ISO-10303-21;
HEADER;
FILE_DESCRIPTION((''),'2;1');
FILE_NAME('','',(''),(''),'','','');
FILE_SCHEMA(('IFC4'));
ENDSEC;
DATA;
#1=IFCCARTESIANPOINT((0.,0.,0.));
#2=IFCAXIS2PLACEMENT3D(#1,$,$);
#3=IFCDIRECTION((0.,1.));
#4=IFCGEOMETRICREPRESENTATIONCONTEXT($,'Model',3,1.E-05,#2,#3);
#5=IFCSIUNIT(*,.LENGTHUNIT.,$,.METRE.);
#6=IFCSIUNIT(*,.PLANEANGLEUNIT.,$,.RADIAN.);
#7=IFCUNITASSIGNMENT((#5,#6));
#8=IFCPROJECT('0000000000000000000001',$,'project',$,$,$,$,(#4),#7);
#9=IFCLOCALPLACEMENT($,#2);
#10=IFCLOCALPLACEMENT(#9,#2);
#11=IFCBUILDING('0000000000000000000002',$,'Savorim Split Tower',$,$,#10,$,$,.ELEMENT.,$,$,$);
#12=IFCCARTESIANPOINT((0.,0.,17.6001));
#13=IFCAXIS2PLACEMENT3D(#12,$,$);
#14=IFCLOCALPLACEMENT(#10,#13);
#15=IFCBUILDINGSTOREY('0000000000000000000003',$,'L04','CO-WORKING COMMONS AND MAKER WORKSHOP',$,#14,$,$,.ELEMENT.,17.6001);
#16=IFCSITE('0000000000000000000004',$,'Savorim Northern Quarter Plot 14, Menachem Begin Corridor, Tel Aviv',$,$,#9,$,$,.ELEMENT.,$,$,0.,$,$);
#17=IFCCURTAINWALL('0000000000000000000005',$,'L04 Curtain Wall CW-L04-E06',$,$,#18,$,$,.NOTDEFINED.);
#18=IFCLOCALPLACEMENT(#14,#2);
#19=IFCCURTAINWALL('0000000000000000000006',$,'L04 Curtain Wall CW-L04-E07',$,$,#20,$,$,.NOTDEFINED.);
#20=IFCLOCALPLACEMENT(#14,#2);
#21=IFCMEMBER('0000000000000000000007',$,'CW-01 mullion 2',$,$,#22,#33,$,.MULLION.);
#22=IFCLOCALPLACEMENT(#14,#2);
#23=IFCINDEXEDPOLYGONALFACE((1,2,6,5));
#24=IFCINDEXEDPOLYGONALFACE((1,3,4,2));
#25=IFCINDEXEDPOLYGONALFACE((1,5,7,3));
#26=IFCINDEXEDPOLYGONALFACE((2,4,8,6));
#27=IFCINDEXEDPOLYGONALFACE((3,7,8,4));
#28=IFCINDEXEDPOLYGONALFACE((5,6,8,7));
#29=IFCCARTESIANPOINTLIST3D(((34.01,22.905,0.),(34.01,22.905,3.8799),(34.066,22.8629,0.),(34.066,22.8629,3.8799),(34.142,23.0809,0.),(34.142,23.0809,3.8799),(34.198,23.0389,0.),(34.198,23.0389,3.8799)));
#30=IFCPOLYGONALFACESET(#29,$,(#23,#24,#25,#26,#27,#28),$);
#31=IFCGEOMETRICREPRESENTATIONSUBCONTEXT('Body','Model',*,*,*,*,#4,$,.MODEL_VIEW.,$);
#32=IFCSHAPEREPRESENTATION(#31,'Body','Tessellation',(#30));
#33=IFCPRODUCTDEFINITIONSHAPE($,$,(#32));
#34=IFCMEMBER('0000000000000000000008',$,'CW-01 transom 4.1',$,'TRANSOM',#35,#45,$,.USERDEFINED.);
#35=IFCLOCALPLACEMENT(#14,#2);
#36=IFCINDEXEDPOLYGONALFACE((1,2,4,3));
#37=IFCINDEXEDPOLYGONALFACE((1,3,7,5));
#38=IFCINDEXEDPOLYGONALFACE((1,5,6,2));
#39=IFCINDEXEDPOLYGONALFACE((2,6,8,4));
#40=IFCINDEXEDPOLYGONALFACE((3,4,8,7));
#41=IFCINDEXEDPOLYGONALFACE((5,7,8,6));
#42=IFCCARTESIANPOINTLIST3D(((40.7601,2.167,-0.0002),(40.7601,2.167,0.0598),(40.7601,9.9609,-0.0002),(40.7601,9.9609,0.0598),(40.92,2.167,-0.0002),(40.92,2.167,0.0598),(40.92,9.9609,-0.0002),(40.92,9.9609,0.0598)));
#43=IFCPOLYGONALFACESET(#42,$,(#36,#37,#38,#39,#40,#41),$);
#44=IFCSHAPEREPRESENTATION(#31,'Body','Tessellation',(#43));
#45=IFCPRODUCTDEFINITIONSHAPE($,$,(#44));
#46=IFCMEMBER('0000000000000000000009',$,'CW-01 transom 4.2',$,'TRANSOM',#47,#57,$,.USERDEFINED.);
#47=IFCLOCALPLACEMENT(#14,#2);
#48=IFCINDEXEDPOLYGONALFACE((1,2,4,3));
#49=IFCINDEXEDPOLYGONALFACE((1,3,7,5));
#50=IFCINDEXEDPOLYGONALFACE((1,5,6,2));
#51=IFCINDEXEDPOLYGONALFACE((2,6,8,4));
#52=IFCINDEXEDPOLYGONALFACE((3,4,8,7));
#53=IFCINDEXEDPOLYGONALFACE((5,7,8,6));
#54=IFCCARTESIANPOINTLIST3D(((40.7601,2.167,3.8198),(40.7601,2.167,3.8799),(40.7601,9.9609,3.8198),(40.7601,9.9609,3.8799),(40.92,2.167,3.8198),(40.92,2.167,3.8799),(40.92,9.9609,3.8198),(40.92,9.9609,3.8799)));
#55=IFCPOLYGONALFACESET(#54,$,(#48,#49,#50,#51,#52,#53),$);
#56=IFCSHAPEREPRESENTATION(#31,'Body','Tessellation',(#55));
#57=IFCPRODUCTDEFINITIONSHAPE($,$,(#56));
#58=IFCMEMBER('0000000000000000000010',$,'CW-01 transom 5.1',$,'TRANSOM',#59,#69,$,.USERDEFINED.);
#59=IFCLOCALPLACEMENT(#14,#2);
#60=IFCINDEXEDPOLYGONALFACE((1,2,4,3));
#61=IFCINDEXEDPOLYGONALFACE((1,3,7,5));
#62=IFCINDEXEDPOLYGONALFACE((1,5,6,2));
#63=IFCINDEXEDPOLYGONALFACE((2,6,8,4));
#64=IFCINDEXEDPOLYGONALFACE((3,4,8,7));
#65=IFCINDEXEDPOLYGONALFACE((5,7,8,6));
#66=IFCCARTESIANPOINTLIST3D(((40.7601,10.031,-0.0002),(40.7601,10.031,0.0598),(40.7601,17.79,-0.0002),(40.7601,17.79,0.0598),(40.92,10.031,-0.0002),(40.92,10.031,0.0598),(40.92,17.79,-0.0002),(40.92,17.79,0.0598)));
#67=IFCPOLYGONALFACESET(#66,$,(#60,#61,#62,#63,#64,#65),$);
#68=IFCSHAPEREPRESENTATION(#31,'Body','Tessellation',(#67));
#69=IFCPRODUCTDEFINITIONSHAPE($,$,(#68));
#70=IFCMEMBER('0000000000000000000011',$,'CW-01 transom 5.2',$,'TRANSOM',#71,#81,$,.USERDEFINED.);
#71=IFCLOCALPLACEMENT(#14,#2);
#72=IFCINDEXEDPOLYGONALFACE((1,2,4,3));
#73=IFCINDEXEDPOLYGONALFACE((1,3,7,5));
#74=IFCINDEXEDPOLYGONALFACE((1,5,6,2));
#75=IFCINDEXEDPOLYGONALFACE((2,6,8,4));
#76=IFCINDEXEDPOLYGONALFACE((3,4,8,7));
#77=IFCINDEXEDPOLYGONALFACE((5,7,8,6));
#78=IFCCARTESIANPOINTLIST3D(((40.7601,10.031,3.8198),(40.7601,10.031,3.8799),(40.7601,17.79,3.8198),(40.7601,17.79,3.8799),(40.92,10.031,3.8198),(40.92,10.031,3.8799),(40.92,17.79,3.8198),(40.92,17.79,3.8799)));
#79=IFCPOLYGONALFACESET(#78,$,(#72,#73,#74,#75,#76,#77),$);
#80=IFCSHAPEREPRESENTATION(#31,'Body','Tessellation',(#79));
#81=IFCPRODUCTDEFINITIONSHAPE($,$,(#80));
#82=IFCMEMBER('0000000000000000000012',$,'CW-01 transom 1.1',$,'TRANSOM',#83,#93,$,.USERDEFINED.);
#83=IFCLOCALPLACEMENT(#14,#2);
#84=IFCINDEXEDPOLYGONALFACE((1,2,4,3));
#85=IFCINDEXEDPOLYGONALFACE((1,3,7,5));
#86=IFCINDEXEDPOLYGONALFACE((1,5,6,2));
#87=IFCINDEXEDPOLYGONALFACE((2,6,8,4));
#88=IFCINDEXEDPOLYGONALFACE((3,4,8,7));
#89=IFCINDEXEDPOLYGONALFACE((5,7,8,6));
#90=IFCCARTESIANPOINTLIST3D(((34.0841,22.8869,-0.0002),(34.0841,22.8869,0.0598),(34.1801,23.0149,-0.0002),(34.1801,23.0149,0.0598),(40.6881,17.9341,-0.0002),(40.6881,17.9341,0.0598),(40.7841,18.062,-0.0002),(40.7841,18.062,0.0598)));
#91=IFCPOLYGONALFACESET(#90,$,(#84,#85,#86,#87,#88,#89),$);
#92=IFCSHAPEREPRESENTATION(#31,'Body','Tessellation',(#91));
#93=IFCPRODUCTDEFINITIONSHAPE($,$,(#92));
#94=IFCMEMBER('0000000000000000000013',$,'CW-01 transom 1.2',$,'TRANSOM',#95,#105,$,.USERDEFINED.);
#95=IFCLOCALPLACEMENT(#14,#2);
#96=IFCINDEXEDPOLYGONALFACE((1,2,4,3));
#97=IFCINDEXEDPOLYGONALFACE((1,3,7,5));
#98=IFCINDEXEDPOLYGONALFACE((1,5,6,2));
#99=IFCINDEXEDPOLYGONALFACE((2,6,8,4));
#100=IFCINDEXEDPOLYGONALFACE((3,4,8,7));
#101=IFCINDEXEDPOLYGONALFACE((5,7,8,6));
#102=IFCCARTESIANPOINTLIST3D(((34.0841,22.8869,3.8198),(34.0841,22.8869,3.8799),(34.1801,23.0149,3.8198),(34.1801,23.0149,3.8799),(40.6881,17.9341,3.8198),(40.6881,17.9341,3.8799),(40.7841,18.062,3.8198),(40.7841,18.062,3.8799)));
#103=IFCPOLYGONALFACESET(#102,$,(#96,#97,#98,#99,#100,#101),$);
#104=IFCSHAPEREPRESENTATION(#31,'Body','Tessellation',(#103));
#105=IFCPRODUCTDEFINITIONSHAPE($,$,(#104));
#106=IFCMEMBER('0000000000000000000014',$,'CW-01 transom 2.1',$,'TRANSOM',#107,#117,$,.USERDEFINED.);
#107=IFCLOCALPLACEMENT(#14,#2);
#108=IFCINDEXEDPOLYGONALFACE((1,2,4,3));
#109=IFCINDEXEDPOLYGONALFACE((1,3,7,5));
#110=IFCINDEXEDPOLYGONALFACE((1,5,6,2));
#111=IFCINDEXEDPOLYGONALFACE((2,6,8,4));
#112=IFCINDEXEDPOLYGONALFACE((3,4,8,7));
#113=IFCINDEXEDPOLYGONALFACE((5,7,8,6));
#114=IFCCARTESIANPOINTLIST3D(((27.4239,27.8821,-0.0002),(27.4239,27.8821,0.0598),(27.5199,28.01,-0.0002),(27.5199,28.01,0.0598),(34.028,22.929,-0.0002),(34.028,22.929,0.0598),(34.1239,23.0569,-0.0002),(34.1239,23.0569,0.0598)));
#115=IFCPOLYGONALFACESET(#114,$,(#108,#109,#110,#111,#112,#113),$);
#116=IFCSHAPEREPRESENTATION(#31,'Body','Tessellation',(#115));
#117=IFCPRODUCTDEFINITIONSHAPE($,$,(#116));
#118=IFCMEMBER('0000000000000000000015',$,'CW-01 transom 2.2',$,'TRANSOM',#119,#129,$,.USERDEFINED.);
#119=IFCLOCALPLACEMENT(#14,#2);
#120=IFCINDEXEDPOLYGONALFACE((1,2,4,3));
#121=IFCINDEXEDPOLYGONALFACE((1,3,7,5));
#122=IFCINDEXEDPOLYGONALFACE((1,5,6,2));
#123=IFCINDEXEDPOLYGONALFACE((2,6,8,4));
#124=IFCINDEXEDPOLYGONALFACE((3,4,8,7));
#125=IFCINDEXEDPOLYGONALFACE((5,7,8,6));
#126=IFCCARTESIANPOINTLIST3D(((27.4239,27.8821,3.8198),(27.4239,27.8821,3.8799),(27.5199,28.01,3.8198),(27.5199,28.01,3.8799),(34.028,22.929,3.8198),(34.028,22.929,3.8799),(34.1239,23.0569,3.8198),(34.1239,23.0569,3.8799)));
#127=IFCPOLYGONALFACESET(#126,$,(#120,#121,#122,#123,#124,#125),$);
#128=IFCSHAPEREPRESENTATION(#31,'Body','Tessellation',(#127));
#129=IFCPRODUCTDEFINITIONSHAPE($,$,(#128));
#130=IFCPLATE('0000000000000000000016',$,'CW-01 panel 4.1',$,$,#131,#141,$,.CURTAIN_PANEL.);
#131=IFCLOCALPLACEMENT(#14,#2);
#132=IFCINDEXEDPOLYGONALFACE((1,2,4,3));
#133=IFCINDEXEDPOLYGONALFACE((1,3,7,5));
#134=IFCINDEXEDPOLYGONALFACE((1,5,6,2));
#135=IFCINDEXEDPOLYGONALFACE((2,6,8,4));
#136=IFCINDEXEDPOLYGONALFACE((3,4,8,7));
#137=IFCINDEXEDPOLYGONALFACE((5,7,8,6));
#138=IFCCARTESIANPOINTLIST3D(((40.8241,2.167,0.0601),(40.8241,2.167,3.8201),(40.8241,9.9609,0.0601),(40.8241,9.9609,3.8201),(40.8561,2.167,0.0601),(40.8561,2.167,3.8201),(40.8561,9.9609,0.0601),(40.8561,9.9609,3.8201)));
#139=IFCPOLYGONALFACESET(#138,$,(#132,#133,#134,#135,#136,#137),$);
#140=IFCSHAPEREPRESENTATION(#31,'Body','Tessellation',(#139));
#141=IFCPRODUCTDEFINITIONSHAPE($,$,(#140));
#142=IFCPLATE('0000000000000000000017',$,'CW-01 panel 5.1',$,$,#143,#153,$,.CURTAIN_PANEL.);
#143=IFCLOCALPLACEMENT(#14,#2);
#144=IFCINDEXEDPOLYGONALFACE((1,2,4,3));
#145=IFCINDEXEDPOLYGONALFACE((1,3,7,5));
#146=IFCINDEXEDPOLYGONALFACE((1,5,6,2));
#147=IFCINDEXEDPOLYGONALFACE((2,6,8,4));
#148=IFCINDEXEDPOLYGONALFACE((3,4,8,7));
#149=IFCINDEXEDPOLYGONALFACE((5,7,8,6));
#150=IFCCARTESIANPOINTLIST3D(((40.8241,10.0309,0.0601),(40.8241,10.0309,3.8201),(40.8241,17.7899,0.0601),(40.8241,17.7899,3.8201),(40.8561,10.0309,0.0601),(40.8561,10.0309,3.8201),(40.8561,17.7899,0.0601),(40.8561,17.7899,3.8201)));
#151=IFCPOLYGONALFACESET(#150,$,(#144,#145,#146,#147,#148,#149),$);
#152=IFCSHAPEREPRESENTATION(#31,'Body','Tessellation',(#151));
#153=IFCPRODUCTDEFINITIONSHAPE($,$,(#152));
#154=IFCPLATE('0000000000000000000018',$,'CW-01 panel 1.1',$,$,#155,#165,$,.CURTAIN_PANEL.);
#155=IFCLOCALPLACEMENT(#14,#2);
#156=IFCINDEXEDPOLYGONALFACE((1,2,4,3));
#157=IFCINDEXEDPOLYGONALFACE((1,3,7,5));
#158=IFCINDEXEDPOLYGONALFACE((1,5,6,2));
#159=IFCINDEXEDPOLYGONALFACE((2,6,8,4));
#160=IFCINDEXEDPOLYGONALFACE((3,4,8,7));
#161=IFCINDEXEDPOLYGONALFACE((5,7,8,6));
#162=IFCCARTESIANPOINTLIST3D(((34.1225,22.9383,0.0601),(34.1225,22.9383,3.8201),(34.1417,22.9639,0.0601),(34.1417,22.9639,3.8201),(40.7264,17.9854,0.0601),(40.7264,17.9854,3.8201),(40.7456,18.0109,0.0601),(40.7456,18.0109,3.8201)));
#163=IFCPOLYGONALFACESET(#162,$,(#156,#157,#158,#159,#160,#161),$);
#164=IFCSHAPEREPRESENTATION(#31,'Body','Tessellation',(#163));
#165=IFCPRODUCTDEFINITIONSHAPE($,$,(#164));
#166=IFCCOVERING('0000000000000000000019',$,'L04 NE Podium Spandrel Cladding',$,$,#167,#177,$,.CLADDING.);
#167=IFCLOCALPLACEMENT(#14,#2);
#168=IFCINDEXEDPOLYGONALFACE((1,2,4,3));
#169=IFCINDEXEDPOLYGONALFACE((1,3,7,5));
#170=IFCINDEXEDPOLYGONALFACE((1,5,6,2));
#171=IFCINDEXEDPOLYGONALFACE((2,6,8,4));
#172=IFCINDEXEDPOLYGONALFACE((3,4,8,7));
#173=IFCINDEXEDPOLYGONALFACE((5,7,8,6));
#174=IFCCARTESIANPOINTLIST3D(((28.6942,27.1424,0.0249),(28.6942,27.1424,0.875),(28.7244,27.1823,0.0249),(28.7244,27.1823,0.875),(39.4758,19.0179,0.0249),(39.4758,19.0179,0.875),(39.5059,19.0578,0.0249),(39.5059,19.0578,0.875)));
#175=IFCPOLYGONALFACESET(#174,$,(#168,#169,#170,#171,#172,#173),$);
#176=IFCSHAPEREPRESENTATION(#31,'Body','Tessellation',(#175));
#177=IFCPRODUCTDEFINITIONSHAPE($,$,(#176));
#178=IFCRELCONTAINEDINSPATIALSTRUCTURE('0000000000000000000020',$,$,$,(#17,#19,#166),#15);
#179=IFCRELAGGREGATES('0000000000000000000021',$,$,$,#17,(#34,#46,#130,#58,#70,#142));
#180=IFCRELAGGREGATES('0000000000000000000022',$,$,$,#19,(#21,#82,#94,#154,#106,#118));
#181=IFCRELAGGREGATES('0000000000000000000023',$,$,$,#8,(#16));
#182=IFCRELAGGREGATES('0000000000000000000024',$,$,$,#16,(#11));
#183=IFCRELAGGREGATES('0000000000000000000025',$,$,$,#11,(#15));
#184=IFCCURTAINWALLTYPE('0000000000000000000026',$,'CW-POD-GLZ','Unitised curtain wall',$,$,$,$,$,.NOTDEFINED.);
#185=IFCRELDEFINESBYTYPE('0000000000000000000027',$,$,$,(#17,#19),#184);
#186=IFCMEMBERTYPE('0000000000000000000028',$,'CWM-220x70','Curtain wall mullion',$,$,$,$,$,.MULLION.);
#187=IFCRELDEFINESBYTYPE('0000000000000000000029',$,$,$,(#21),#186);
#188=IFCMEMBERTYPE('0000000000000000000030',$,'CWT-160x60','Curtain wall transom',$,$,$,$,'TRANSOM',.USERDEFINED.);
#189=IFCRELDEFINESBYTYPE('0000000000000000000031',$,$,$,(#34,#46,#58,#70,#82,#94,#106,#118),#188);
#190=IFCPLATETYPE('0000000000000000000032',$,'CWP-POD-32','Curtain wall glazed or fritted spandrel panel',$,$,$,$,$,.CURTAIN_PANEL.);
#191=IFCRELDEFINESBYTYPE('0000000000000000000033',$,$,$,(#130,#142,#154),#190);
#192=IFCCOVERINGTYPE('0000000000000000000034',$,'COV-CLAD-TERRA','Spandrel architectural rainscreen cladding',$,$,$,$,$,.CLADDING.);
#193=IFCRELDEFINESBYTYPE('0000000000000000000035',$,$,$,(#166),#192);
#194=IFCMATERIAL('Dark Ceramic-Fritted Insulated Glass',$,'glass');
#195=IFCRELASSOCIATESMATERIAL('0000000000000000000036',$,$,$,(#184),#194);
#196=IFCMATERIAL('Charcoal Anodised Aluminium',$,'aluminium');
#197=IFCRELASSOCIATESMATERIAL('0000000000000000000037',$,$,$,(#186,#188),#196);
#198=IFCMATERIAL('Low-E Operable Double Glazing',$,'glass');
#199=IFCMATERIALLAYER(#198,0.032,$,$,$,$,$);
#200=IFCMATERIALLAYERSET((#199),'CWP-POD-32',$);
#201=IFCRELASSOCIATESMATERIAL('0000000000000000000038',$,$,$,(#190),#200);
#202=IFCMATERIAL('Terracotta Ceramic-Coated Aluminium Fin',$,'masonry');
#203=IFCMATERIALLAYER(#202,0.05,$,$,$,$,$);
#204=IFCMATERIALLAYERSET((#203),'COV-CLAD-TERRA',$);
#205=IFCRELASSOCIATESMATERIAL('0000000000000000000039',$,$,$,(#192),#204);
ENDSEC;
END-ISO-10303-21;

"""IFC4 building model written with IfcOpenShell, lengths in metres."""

from ifc_helpers import new_model, si_unit, direction, frame, origin, origin_2d, place, context, subcontext, project, spatial, rectangle, extrude, material, layer, layer_set, material_profile, profile_set, type_object, element, aggregate, save


model = new_model("IFC4")

# Units and contexts
model_context = context("Model", 3, precision=1e-05, world=origin(), true_north=direction((0.0, 1.0)))
body_context = subcontext(model_context, "Body", "Model", "MODEL_VIEW")
ifc_project = project(units=[si_unit("LENGTHUNIT", "METRE"), si_unit("PLANEANGLEUNIT", "RADIAN")], contexts=[model_context])

# Site, building, storey
site_placement = place(None, origin())
site = spatial("IfcSite", under=ifc_project, at=site_placement, Name="Savorim Northern Quarter Plot 14, Menachem Begin Corridor, Tel Aviv", CompositionType="ELEMENT", RefElevation=0.0)
building_placement = place(site_placement, origin())
building = spatial("IfcBuilding", under=site, at=building_placement, Name="Savorim Split Tower", CompositionType="ELEMENT")
storey_placement = place(building_placement, frame((0.0, 0.0, 17.6001)))
storey = spatial("IfcBuildingStorey", under=building, at=storey_placement, Name="L04", Description="CO-WORKING COMMONS AND MAKER WORKSHOP", CompositionType="ELEMENT", Elevation=17.6001)

# Curtain walls, member
ifc_material_1 = material(Name="Dark Ceramic-Fritted Insulated Glass", Category="glass")
curtain_wall_type = type_object("IfcCurtainWallType", Name="CW-POD-GLZ", Description="Unitised curtain wall", PredefinedType="NOTDEFINED", material=ifc_material_1)
curtain_wall_1_placement = place(storey_placement, origin())
curtain_wall_1 = element("IfcCurtainWall", 1, at=curtain_wall_1_placement, inside=storey, type_object=curtain_wall_type, Name="L04 Curtain Wall CW-L04-E06", PredefinedType="NOTDEFINED")
ifc_material_2 = material(Name="Charcoal Anodised Aluminium", Category="aluminium")
ifc_material_profile_1 = material_profile(ifc_material_2, rectangle(XDim=0.22, YDim=0.0701, at=origin_2d()), Name="ALU-M 220x70")
ifc_profile_set_1 = profile_set([ifc_material_profile_1], Name="Charcoal Anodised Aluminium")
member_type_1 = type_object("IfcMemberType", Name="CWM-220x70", Description="Curtain wall mullion", PredefinedType="MULLION", material=ifc_profile_set_1)
curtain_wall_2_placement = place(storey_placement, origin())
curtain_wall_2 = element("IfcCurtainWall", 2, at=curtain_wall_2_placement, inside=storey, type_object=curtain_wall_type, Name="L04 Curtain Wall CW-L04-E07", PredefinedType="NOTDEFINED")
member_1_placement = place(storey_placement, frame((34.104, 22.9719, 0.0), z_axis=(0.0, 0.0, 1.0), x_axis=(-0.6, -0.8, 0.0)))
member_1 = element("IfcMember", 3, at=member_1_placement, type_object=member_type_1, Name="CW-01 mullion 2", PredefinedType="MULLION", context=body_context, shape_type="SweptSolid", body=[
    extrude(rectangle(XDim=0.22, YDim=0.0701, at=origin_2d()), origin(), (0.0, 0.0, 1.0), 3.8799),
])

# Members
ifc_material_profile_2 = material_profile(ifc_material_2, rectangle(XDim=0.1599, YDim=0.0601, at=origin_2d()), Name="ALU-T 160x60")
ifc_profile_set_2 = profile_set([ifc_material_profile_2], Name="Charcoal Anodised Aluminium")
member_type_2 = type_object("IfcMemberType", Name="CWT-160x60", Description="Curtain wall transom", ElementType="TRANSOM", PredefinedType="USERDEFINED", material=ifc_profile_set_2)
member_2_placement = place(storey_placement, frame((40.8401, 2.167, 0.0298), z_axis=(0.0, 1.0, 0.0), x_axis=(-1.0, 0.0, 0.0)))
member_2 = element("IfcMember", 4, at=member_2_placement, type_object=member_type_2, Name="CW-01 transom 4.1", ObjectType="TRANSOM", PredefinedType="USERDEFINED", context=body_context, shape_type="SweptSolid", body=[
    extrude(rectangle(XDim=0.1599, YDim=0.0601, at=origin_2d()), origin(), (0.0, 0.0, 1.0), 7.7939),
])
member_3_placement = place(storey_placement, frame((40.8401, 2.167, 3.8499), z_axis=(0.0, 1.0, 0.0), x_axis=(-1.0, 0.0, 0.0)))
member_3 = element("IfcMember", 5, at=member_3_placement, type_object=member_type_2, Name="CW-01 transom 4.2", ObjectType="TRANSOM", PredefinedType="USERDEFINED", context=body_context, shape_type="SweptSolid", body=[
    extrude(rectangle(XDim=0.1599, YDim=0.0601, at=origin_2d()), origin(), (0.0, 0.0, 1.0), 7.7939),
])
member_4_placement = place(storey_placement, frame((40.8401, 10.031, 0.0298), z_axis=(0.0, 1.0, 0.0), x_axis=(-1.0, 0.0, 0.0)))
member_4 = element("IfcMember", 6, at=member_4_placement, type_object=member_type_2, Name="CW-01 transom 5.1", ObjectType="TRANSOM", PredefinedType="USERDEFINED", context=body_context, shape_type="SweptSolid", body=[
    extrude(rectangle(XDim=0.1599, YDim=0.0601, at=origin_2d()), origin(), (0.0, 0.0, 1.0), 7.759),
])
member_5_placement = place(storey_placement, frame((40.8401, 10.031, 3.8499), z_axis=(0.0, 1.0, 0.0), x_axis=(-1.0, 0.0, 0.0)))
member_5 = element("IfcMember", 7, at=member_5_placement, type_object=member_type_2, Name="CW-01 transom 5.2", ObjectType="TRANSOM", PredefinedType="USERDEFINED", context=body_context, shape_type="SweptSolid", body=[
    extrude(rectangle(XDim=0.1599, YDim=0.0601, at=origin_2d()), origin(), (0.0, 0.0, 1.0), 7.759),
])
member_6_placement = place(storey_placement, frame((40.7361, 17.998, 0.0298), z_axis=(-0.800007, 0.599991, 0.0), x_axis=(-0.599991, -0.800007, 0.0)))
member_6 = element("IfcMember", 8, at=member_6_placement, type_object=member_type_2, Name="CW-01 transom 1.1", ObjectType="TRANSOM", PredefinedType="USERDEFINED", context=body_context, shape_type="SweptSolid", body=[
    extrude(rectangle(XDim=0.1599, YDim=0.0601, at=origin_2d()), origin(), (0.0, 0.0, 1.0), 8.2549),
])
member_7_placement = place(storey_placement, frame((40.7361, 17.998, 3.8499), z_axis=(-0.800007, 0.599991, 0.0), x_axis=(-0.599991, -0.800007, 0.0)))
member_7 = element("IfcMember", 9, at=member_7_placement, type_object=member_type_2, Name="CW-01 transom 1.2", ObjectType="TRANSOM", PredefinedType="USERDEFINED", context=body_context, shape_type="SweptSolid", body=[
    extrude(rectangle(XDim=0.1599, YDim=0.0601, at=origin_2d()), origin(), (0.0, 0.0, 1.0), 8.2549),
])
member_8_placement = place(storey_placement, frame((34.0759, 22.9929, 0.0298), z_axis=(-0.799993, 0.600009, 0.0), x_axis=(-0.600009, -0.799993, 0.0)))
member_8 = element("IfcMember", 10, at=member_8_placement, type_object=member_type_2, Name="CW-01 transom 2.1", ObjectType="TRANSOM", PredefinedType="USERDEFINED", context=body_context, shape_type="SweptSolid", body=[
    extrude(rectangle(XDim=0.1599, YDim=0.0601, at=origin_2d()), origin(), (0.0, 0.0, 1.0), 8.2551),
])
member_9_placement = place(storey_placement, frame((34.0759, 22.9929, 3.8499), z_axis=(-0.799993, 0.600009, 0.0), x_axis=(-0.600009, -0.799993, 0.0)))
member_9 = element("IfcMember", 11, at=member_9_placement, type_object=member_type_2, Name="CW-01 transom 2.2", ObjectType="TRANSOM", PredefinedType="USERDEFINED", context=body_context, shape_type="SweptSolid", body=[
    extrude(rectangle(XDim=0.1599, YDim=0.0601, at=origin_2d()), origin(), (0.0, 0.0, 1.0), 8.2551),
])

# Plates
ifc_material_3 = material(Name="Low-E Operable Double Glazing", Category="glass")
ifc_layer_1 = layer(ifc_material_3, 0.032)
ifc_layer_set_1 = layer_set([ifc_layer_1], Name="CWP-POD-32")
plate_type = type_object("IfcPlateType", Name="CWP-POD-32", Description="Curtain wall glazed or fritted spandrel panel", PredefinedType="CURTAIN_PANEL", material=ifc_layer_set_1)
plate_1_placement = place(storey_placement, frame((40.8401, 6.064, 0.0601), z_axis=(0.0, 0.0, 1.0), x_axis=(0.0, 1.0, 0.0)))
plate_1 = element("IfcPlate", 12, at=plate_1_placement, type_object=plate_type, Name="CW-01 panel 4.1", PredefinedType="CURTAIN_PANEL", context=body_context, shape_type="SweptSolid", body=[
    extrude(rectangle(XDim=7.7939, YDim=0.032, at=origin_2d()), origin(), (0.0, 0.0, 1.0), 3.76),
])
plate_2_placement = place(storey_placement, frame((40.8401, 13.9104, 0.0601), z_axis=(0.0, 0.0, 1.0), x_axis=(0.0, 1.0, 0.0)))
plate_2 = element("IfcPlate", 13, at=plate_2_placement, type_object=plate_type, Name="CW-01 panel 5.1", PredefinedType="CURTAIN_PANEL", context=body_context, shape_type="SweptSolid", body=[
    extrude(rectangle(XDim=7.759, YDim=0.032, at=origin_2d()), origin(), (0.0, 0.0, 1.0), 3.76),
])
aggregate(curtain_wall_1, [member_2, member_3, plate_1, member_4, member_5, plate_2])
plate_3_placement = place(storey_placement, frame((37.4341, 20.4746, 0.0601), z_axis=(0.0, 0.0, 1.0), x_axis=(-0.8, 0.6, 0.0)))
plate_3 = element("IfcPlate", 14, at=plate_3_placement, type_object=plate_type, Name="CW-01 panel 1.1", PredefinedType="CURTAIN_PANEL", context=body_context, shape_type="SweptSolid", body=[
    extrude(rectangle(XDim=8.2549, YDim=0.032, at=origin_2d()), origin(), (0.0, 0.0, 1.0), 3.76),
])
aggregate(curtain_wall_2, [member_1, member_6, member_7, plate_3, member_8, member_9])

# Covering
ifc_material_4 = material(Name="Terracotta Ceramic-Coated Aluminium Fin", Category="masonry")
ifc_layer_2 = layer(ifc_material_4, 0.05)
ifc_layer_set_2 = layer_set([ifc_layer_2], Name="COV-CLAD-TERRA")
covering_type = type_object("IfcCoveringType", Name="COV-CLAD-TERRA", Description="Spandrel architectural rainscreen cladding", PredefinedType="CLADDING", material=ifc_layer_set_2)
covering_placement = place(storey_placement, frame((34.1001, 23.1001, 0.0249), z_axis=(0.0, 0.0, 1.0), x_axis=(-0.798636, 0.601815, 0.0)))
element("IfcCovering", 15, at=covering_placement, inside=storey, type_object=covering_type, Name="L04 NE Podium Spandrel Cladding", PredefinedType="CLADDING", context=body_context, shape_type="SweptSolid", body=[
    extrude(rectangle(XDim=13.5, YDim=0.05, at=origin_2d()), origin(), (0.0, 0.0, 1.0), 0.8501),
])

save(model, "model.ifc")
